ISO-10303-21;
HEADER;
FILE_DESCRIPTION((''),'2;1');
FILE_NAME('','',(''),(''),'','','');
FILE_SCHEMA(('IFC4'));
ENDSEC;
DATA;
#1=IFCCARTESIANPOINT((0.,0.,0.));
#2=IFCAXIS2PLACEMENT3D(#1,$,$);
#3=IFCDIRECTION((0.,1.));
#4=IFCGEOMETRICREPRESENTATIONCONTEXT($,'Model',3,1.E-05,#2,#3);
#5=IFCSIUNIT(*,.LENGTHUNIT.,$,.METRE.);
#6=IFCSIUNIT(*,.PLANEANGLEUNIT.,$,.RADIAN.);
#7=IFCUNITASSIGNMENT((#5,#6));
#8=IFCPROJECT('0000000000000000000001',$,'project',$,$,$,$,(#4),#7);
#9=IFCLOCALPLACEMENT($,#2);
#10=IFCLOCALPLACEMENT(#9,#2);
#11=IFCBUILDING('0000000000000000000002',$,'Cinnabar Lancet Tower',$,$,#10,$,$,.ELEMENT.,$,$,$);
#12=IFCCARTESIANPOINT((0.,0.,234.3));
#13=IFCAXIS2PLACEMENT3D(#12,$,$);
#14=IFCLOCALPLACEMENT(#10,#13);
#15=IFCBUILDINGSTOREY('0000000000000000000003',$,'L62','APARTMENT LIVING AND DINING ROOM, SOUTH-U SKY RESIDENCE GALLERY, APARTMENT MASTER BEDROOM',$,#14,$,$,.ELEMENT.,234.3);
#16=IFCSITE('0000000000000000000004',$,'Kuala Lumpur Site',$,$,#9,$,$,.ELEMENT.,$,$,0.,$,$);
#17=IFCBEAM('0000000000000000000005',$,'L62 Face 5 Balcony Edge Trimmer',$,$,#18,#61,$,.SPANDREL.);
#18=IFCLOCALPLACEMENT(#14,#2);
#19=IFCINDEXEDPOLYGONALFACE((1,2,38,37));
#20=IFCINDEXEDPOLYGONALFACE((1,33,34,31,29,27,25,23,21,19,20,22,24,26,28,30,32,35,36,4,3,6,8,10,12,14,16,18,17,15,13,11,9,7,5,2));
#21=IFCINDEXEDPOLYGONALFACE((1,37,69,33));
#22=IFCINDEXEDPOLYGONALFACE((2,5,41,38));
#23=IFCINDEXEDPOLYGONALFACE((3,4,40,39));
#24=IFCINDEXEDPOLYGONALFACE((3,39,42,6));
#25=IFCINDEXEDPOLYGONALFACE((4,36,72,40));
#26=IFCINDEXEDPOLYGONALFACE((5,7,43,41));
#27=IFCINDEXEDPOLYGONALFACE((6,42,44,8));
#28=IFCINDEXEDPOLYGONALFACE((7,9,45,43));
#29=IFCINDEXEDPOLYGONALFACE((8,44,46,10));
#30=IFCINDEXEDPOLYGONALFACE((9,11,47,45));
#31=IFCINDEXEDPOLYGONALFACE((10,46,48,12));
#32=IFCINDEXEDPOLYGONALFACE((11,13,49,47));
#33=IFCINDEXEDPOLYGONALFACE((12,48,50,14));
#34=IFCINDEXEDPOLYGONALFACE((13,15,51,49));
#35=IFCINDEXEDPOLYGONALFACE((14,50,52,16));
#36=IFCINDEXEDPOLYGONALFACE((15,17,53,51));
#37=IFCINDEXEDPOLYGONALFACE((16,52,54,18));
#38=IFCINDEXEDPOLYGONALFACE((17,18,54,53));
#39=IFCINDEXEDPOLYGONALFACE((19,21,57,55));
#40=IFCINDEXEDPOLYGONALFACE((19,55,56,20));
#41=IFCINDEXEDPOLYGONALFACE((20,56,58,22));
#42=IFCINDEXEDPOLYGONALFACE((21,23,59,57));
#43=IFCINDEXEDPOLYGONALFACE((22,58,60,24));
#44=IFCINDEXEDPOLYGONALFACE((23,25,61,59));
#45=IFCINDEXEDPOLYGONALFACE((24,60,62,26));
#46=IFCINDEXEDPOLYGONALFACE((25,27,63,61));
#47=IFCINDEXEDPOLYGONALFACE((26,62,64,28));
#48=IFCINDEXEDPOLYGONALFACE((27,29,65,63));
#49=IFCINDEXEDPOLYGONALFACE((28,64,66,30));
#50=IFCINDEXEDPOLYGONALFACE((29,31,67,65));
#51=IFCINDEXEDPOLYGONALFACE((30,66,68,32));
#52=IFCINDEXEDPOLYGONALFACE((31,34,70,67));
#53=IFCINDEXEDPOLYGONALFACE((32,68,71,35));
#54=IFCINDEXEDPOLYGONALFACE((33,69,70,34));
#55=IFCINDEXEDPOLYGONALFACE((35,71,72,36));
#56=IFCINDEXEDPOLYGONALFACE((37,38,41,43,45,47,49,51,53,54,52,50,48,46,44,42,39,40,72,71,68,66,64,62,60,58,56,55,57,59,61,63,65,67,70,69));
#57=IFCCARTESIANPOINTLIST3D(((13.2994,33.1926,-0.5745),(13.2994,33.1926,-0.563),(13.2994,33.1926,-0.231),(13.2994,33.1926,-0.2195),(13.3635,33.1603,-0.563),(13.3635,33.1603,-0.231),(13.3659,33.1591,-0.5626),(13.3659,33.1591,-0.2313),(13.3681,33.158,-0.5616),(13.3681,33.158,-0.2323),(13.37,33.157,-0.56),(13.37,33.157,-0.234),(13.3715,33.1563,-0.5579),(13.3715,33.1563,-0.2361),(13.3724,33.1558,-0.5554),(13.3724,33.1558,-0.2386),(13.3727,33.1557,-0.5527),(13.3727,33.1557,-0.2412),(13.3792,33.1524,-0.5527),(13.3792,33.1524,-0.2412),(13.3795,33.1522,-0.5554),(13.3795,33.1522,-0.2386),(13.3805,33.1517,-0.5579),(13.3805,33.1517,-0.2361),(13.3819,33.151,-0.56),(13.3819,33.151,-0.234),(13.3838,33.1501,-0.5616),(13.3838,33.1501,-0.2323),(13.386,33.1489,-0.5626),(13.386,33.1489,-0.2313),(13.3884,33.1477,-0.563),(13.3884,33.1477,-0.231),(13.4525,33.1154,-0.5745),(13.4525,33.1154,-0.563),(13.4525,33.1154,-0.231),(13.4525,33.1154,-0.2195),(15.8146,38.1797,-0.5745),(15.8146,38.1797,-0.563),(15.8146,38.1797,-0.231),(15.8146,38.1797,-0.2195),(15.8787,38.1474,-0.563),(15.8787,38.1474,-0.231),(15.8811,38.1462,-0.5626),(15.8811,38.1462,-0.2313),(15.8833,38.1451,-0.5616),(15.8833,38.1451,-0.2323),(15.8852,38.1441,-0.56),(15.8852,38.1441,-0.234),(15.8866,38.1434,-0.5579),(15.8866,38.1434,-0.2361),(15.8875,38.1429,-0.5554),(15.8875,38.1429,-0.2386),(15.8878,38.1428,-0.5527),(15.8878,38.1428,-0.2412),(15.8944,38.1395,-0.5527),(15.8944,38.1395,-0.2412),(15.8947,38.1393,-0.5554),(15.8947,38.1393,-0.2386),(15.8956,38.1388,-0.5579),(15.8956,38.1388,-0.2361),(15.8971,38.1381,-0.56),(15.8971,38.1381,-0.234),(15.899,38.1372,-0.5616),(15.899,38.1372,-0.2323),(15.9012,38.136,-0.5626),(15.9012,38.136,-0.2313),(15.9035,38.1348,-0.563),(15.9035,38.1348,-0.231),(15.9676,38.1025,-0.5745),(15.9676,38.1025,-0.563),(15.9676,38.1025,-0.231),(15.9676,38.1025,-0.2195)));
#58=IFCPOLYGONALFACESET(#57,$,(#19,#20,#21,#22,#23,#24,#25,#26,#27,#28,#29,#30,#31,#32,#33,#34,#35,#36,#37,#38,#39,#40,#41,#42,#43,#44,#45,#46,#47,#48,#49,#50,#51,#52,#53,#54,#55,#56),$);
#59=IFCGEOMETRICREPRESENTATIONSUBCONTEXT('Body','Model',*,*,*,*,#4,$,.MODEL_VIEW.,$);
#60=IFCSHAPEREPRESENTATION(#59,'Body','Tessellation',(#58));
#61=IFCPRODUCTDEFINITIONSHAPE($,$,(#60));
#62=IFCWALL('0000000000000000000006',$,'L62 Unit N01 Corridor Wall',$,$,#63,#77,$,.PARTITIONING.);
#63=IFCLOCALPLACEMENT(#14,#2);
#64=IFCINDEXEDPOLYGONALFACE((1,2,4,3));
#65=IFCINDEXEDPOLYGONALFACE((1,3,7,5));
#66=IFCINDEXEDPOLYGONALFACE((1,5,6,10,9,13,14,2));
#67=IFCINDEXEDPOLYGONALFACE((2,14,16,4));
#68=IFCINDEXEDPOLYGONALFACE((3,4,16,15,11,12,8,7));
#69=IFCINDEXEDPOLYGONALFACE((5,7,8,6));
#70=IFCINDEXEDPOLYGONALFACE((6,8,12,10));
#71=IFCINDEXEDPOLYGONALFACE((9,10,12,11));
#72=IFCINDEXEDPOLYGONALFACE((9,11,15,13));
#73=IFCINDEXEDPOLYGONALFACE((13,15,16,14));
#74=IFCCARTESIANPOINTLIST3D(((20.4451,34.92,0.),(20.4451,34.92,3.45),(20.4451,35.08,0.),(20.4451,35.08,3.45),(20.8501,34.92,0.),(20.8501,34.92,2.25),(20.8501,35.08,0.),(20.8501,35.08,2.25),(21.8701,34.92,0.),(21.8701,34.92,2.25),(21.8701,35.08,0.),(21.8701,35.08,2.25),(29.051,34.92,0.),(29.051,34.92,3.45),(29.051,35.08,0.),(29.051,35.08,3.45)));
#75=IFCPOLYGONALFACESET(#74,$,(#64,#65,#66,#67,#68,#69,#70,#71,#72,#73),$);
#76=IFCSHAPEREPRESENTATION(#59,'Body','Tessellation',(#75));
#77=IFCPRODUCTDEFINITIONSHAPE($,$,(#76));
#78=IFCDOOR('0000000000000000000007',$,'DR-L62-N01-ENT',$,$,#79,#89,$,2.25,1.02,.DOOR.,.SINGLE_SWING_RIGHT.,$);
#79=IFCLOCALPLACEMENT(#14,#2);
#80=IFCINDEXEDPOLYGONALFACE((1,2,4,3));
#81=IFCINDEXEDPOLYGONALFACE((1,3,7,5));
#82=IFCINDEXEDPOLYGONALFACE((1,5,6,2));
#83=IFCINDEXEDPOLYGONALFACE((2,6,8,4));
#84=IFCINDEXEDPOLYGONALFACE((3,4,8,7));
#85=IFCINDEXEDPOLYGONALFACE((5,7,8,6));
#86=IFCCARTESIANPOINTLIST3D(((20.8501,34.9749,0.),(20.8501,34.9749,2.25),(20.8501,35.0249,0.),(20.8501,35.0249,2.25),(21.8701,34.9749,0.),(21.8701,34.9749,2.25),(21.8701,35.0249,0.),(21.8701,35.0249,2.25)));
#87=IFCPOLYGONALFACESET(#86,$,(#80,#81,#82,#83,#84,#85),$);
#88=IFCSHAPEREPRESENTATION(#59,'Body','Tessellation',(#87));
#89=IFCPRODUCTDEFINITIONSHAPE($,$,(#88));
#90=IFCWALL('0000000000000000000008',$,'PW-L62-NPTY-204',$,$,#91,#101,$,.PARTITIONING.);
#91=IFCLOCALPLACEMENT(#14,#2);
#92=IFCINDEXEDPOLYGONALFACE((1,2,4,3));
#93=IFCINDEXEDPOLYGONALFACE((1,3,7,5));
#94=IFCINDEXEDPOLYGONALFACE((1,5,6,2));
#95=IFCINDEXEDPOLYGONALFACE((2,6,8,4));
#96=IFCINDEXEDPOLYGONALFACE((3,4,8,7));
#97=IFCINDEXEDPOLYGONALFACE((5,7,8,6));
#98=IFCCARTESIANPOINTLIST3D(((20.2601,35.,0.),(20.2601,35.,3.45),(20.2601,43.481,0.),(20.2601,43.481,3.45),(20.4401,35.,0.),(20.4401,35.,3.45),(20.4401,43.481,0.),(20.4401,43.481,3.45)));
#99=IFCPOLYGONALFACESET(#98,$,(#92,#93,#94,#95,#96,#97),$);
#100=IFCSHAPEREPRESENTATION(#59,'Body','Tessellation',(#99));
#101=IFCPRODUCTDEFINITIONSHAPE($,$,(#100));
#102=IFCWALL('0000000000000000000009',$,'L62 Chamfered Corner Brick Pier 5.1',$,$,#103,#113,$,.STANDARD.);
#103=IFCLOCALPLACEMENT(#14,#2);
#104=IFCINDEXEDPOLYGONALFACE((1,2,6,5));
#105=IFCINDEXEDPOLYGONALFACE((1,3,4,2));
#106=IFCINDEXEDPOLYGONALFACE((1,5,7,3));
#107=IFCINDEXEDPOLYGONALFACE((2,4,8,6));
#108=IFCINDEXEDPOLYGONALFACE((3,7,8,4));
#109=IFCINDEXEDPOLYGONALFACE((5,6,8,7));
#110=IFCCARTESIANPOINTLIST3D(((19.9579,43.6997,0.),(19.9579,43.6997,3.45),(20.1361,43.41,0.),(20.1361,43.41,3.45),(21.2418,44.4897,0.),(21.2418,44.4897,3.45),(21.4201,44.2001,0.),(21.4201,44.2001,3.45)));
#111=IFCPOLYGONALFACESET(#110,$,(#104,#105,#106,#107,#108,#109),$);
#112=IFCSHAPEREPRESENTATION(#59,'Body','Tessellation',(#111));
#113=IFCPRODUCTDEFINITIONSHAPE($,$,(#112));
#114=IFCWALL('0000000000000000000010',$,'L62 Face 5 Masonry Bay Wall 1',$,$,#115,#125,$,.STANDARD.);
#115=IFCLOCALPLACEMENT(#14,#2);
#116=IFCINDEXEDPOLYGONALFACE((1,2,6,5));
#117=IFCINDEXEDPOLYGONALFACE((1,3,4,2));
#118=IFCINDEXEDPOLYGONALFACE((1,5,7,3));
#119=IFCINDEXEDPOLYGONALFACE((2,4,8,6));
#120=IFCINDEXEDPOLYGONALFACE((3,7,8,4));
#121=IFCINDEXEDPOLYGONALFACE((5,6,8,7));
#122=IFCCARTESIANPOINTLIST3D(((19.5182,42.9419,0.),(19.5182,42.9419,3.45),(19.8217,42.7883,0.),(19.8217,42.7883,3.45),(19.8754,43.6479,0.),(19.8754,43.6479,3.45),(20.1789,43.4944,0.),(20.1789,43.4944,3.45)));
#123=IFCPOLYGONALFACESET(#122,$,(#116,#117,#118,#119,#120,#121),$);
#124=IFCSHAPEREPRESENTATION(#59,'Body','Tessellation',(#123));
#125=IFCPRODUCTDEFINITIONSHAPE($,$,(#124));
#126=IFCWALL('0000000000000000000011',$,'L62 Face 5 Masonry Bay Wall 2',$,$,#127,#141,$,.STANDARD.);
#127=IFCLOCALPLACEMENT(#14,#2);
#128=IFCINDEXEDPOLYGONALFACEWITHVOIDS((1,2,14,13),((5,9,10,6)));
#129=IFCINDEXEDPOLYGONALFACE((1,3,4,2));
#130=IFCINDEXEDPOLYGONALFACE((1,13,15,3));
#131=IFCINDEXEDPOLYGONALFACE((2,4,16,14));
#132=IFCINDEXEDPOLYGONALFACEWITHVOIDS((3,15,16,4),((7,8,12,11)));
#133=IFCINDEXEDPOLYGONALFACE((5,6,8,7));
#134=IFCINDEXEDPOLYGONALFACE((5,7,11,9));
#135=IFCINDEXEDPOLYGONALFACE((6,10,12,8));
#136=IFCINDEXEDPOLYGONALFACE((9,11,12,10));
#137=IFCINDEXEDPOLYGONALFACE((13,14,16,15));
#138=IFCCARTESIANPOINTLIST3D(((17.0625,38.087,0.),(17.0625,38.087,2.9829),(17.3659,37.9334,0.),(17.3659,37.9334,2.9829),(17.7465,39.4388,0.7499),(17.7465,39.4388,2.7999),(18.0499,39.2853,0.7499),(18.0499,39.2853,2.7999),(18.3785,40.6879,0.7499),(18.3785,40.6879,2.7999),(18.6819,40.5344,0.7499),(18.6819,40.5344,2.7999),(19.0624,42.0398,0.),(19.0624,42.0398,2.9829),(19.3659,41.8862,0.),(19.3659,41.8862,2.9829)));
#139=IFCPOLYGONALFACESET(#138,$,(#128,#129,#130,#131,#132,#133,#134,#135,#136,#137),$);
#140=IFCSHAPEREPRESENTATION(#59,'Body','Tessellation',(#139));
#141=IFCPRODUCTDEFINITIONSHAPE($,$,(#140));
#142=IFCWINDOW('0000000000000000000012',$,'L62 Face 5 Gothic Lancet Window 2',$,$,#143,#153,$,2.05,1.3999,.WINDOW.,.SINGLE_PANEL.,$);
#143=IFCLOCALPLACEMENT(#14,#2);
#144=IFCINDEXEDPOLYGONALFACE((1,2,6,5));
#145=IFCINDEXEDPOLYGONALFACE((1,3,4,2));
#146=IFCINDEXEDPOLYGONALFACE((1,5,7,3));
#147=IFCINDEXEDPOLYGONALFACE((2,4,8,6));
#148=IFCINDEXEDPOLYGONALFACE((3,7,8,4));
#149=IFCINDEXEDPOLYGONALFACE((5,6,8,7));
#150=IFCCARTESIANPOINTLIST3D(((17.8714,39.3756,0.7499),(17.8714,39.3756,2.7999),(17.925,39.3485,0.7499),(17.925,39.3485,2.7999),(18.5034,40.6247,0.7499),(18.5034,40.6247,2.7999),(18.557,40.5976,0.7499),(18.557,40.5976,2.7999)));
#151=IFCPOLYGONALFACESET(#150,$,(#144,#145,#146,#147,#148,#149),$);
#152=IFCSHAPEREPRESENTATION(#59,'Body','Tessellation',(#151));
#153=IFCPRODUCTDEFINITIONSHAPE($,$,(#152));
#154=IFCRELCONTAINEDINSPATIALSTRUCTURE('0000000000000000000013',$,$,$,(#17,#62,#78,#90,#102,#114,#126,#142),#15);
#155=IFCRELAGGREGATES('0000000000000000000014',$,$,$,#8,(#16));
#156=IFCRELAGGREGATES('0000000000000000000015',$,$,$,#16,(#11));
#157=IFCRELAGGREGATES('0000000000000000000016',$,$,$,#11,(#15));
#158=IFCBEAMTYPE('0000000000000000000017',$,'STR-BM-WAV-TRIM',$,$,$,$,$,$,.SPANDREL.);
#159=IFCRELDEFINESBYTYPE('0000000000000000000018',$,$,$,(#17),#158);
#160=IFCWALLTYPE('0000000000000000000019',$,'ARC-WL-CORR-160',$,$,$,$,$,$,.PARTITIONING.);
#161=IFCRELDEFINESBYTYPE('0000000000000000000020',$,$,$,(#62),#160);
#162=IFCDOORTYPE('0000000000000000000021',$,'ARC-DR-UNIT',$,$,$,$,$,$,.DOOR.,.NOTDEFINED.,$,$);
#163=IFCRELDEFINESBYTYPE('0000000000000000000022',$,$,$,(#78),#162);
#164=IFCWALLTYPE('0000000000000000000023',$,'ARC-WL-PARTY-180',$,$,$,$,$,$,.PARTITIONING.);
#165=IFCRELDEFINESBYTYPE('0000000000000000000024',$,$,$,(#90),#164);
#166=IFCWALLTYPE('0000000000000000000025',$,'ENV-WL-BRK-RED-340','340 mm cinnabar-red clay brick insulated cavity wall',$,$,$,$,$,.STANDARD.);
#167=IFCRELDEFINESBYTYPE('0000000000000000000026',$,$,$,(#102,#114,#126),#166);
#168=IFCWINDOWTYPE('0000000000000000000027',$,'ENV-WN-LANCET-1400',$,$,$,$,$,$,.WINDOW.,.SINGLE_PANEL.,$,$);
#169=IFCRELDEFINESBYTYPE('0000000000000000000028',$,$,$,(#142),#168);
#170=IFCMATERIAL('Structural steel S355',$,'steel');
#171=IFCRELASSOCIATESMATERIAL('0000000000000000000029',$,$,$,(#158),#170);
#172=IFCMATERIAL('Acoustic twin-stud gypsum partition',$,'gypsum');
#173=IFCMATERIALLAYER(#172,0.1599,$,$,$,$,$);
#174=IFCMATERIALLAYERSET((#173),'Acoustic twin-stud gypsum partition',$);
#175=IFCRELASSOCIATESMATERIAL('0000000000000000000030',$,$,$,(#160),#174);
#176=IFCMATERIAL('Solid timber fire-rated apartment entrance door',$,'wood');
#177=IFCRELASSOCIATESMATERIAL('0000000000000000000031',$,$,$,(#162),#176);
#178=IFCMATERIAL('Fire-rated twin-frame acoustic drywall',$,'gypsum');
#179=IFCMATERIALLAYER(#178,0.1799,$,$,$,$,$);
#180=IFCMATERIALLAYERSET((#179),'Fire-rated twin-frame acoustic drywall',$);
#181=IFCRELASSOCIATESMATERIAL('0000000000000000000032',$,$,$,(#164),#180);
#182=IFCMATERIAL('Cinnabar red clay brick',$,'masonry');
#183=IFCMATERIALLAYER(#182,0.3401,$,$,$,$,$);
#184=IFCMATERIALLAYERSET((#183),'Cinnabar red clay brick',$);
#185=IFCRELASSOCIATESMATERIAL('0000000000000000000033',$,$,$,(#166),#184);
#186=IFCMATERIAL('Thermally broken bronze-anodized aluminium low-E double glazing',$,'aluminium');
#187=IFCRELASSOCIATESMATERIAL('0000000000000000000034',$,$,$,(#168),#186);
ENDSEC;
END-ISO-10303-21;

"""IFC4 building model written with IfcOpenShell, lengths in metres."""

from ifc_helpers import new_model, si_unit, direction, frame, frame_2d, origin, origin_2d, place, context, subcontext, project, spatial, rectangle, i_section, extrude, material, layer, layer_set, material_profile, profile_set, type_object, element, fill, save


model = new_model("IFC4")

# Units and contexts
model_context = context("Model", 3, precision=1e-05, world=origin(), true_north=direction((0.0, 1.0)))
body_context = subcontext(model_context, "Body", "Model", "MODEL_VIEW")
ifc_project = project(units=[si_unit("LENGTHUNIT", "METRE"), si_unit("PLANEANGLEUNIT", "RADIAN")], contexts=[model_context])

# Site, building, storey
site_placement = place(None, origin())
site = spatial("IfcSite", under=ifc_project, at=site_placement, Name="Kuala Lumpur Site", CompositionType="ELEMENT", RefElevation=0.0)
building_placement = place(site_placement, origin())
building = spatial("IfcBuilding", under=site, at=building_placement, Name="Cinnabar Lancet Tower", CompositionType="ELEMENT")
storey_placement = place(building_placement, frame((0.0, 0.0, 234.3)))
storey = spatial("IfcBuildingStorey", under=building, at=storey_placement, Name="L62", Description="APARTMENT LIVING AND DINING ROOM, SOUTH-U SKY RESIDENCE GALLERY, APARTMENT MASTER BEDROOM", CompositionType="ELEMENT", Elevation=234.3)

# Beam
ifc_material_1 = material(Name="Structural steel S355", Category="steel")
ifc_material_profile_1 = material_profile(ifc_material_1, i_section(OverallWidth=0.1714, OverallDepth=0.355, WebThickness=0.0073, FlangeThickness=0.0115, FilletRadius=0.0103, at=origin_2d()), Name="UKB 356x171x51")
ifc_profile_set_1 = profile_set([ifc_material_profile_1], Name="Structural steel S355")
beam_type_1 = type_object("IfcBeamType", Name="STR-BM-WAV-TRIM", PredefinedType="SPANDREL", material=ifc_profile_set_1)
beam_1_placement = place(storey_placement, frame((15.8911, 38.1411, -0.397), z_axis=(-0.450306, -0.892874, 0.0), x_axis=(0.892874, -0.450306, 0.0)))
element("IfcBeam", 1, at=beam_1_placement, inside=storey, type_object=beam_type_1, Name="L62 Face 5 Balcony Edge Trimmer", PredefinedType="SPANDREL", context=body_context, shape_type="SweptSolid", body=[
    extrude(i_section(OverallWidth=0.1714, OverallDepth=0.355, WebThickness=0.0073, FlangeThickness=0.0115, FilletRadius=0.0103, at=origin_2d()), origin(), (0.0, 0.0, 1.0), 5.5854),
])

# Wall, opening, door
ifc_material_2 = material(Name="Acoustic twin-stud gypsum partition", Category="gypsum")
ifc_layer_1 = layer(ifc_material_2, 0.1599)
ifc_layer_set_1 = layer_set([ifc_layer_1], Name="Acoustic twin-stud gypsum partition")
wall_type_1 = type_object("IfcWallType", Name="ARC-WL-CORR-160", PredefinedType="PARTITIONING", material=ifc_layer_set_1)
wall_1_placement = place(storey_placement, frame((20.4451, 35.0, 0.0), z_axis=(0.0, 0.0, 1.0), x_axis=(1.0, 0.0, 0.0)))
wall_1 = element("IfcWall", 2, at=wall_1_placement, inside=storey, type_object=wall_type_1, Name="L62 Unit N01 Corridor Wall", PredefinedType="PARTITIONING", context=body_context, shape_type="SweptSolid", body=[
    extrude(rectangle(XDim=8.606, YDim=0.1599, at=frame_2d((4.303, 0.0))), origin(), (0.0, 0.0, 1.0), 3.45),
])
opening_1_placement = place(wall_1_placement, frame((0.405, 0.0, 0.0)))
opening_1 = element("IfcOpeningElement", 3, at=opening_1_placement, cuts=wall_1, PredefinedType="OPENING", context=body_context, shape_type="SweptSolid", body=[
    extrude(rectangle(XDim=1.02, YDim=2.25, at=frame_2d((0.51, 1.125))), frame((0.0, 0.0898, 0.0), z_axis=(0.0, -1.0, 0.0), x_axis=(1.0, 0.0, 0.0)), (0.0, 0.0, 1.0), 0.1799),
])
ifc_material_3 = material(Name="Solid timber fire-rated apartment entrance door", Category="wood")
door_type_1 = type_object("IfcDoorType", Name="ARC-DR-UNIT", OperationType="NOTDEFINED", PredefinedType="DOOR", material=ifc_material_3)
door_1_placement = place(opening_1_placement, origin())
door_1 = element("IfcDoor", 4, at=door_1_placement, inside=storey, type_object=door_type_1, Name="DR-L62-N01-ENT", OperationType="SINGLE_SWING_RIGHT", OverallHeight=2.25, OverallWidth=1.02, PredefinedType="DOOR", context=body_context, shape_type="SweptSolid", body=[
    extrude(rectangle(XDim=1.02, YDim=2.25, at=frame_2d((0.51, 1.125))), frame((0.0, 0.0249, 0.0), z_axis=(0.0, -1.0, 0.0), x_axis=(1.0, 0.0, 0.0)), (0.0, 0.0, 1.0), 0.05),
])
fill(opening_1, door_1)

# Walls
ifc_material_4 = material(Name="Fire-rated twin-frame acoustic drywall", Category="gypsum")
ifc_layer_2 = layer(ifc_material_4, 0.1799)
ifc_layer_set_2 = layer_set([ifc_layer_2], Name="Fire-rated twin-frame acoustic drywall")
wall_type_2 = type_object("IfcWallType", Name="ARC-WL-PARTY-180", PredefinedType="PARTITIONING", material=ifc_layer_set_2)
wall_2_placement = place(storey_placement, frame((20.3501, 35.0, 0.0), z_axis=(0.0, 0.0, 1.0), x_axis=(0.0, 1.0, 0.0)))
element("IfcWall", 5, at=wall_2_placement, inside=storey, type_object=wall_type_2, Name="PW-L62-NPTY-204", PredefinedType="PARTITIONING", context=body_context, shape_type="SweptSolid", body=[
    extrude(rectangle(XDim=8.481, YDim=0.1799, at=frame_2d((4.2405, 0.0))), origin(), (0.0, 0.0, 1.0), 3.45),
])
ifc_material_5 = material(Name="Cinnabar red clay brick", Category="masonry")
ifc_layer_3 = layer(ifc_material_5, 0.3401)
ifc_layer_set_3 = layer_set([ifc_layer_3], Name="Cinnabar red clay brick")
wall_type_3 = type_object("IfcWallType", Name="ENV-WL-BRK-RED-340", Description="340 mm cinnabar-red clay brick insulated cavity wall", PredefinedType="STANDARD", material=ifc_layer_set_3)
wall_3_placement = place(storey_placement, frame((21.3311, 44.345, 0.0), z_axis=(0.0, 0.0, 1.0), x_axis=(-0.851681, -0.524061, 0.0)))
element("IfcWall", 6, at=wall_3_placement, inside=storey, type_object=wall_type_3, Name="L62 Chamfered Corner Brick Pier 5.1", PredefinedType="STANDARD", context=body_context, shape_type="SweptSolid", body=[
    extrude(rectangle(XDim=1.5076, YDim=0.3401, at=frame_2d((0.7539, 0.0))), origin(), (0.0, 0.0, 1.0), 3.45),
])
wall_4_placement = place(storey_placement, frame((20.0271, 43.571, 0.0), z_axis=(0.0, 0.0, 1.0), x_axis=(-0.451405, -0.892319, 0.0)))
element("IfcWall", 7, at=wall_4_placement, inside=storey, type_object=wall_type_3, Name="L62 Face 5 Masonry Bay Wall 1", PredefinedType="STANDARD", context=body_context, shape_type="SweptSolid", body=[
    extrude(rectangle(XDim=0.7913, YDim=0.3401, at=frame_2d((0.3955, 0.0))), origin(), (0.0, 0.0, 1.0), 3.45),
])

# Wall, opening, window
wall_5_placement = place(storey_placement, frame((19.2141, 41.9629, 0.0), z_axis=(0.0, 0.0, 1.0), x_axis=(-0.451463, -0.89229, 0.0)))
wall_5 = element("IfcWall", 8, at=wall_5_placement, inside=storey, type_object=wall_type_3, Name="L62 Face 5 Masonry Bay Wall 2", PredefinedType="STANDARD", context=body_context, shape_type="SweptSolid", body=[
    extrude(rectangle(XDim=4.4299, YDim=0.3401, at=frame_2d((2.2148, 0.0))), origin(), (0.0, 0.0, 1.0), 2.9829),
])
opening_2_placement = place(wall_5_placement, frame((1.5149, 0.0, 0.75)))
opening_2 = element("IfcOpeningElement", 9, at=opening_2_placement, cuts=wall_5, PredefinedType="OPENING", context=body_context, shape_type="SweptSolid", body=[
    extrude(rectangle(XDim=1.3999, YDim=2.05, at=frame_2d((0.7, 1.0249))), frame((0.0, 0.1799, 0.0), z_axis=(0.0, -1.0, 0.0), x_axis=(1.0, 0.0, 0.0)), (0.0, 0.0, 1.0), 0.3601),
])
ifc_material_6 = material(Name="Thermally broken bronze-anodized aluminium low-E double glazing", Category="aluminium")
window_type_1 = type_object("IfcWindowType", Name="ENV-WN-LANCET-1400", PartitioningType="SINGLE_PANEL", PredefinedType="WINDOW", material=ifc_material_6)
window_1_placement = place(opening_2_placement, origin())
window_1 = element("IfcWindow", 10, at=window_1_placement, inside=storey, type_object=window_type_1, Name="L62 Face 5 Gothic Lancet Window 2", OverallHeight=2.05, OverallWidth=1.3999, PartitioningType="SINGLE_PANEL", PredefinedType="WINDOW", context=body_context, shape_type="SweptSolid", body=[
    extrude(rectangle(XDim=1.3999, YDim=2.05, at=frame_2d((0.7, 1.0249))), frame((0.0, 0.03, 0.0), z_axis=(0.0, -1.0, 0.0), x_axis=(1.0, 0.0, 0.0)), (0.0, 0.0, 1.0), 0.0601),
])
fill(opening_2, window_1)

save(model, "model.ifc")
